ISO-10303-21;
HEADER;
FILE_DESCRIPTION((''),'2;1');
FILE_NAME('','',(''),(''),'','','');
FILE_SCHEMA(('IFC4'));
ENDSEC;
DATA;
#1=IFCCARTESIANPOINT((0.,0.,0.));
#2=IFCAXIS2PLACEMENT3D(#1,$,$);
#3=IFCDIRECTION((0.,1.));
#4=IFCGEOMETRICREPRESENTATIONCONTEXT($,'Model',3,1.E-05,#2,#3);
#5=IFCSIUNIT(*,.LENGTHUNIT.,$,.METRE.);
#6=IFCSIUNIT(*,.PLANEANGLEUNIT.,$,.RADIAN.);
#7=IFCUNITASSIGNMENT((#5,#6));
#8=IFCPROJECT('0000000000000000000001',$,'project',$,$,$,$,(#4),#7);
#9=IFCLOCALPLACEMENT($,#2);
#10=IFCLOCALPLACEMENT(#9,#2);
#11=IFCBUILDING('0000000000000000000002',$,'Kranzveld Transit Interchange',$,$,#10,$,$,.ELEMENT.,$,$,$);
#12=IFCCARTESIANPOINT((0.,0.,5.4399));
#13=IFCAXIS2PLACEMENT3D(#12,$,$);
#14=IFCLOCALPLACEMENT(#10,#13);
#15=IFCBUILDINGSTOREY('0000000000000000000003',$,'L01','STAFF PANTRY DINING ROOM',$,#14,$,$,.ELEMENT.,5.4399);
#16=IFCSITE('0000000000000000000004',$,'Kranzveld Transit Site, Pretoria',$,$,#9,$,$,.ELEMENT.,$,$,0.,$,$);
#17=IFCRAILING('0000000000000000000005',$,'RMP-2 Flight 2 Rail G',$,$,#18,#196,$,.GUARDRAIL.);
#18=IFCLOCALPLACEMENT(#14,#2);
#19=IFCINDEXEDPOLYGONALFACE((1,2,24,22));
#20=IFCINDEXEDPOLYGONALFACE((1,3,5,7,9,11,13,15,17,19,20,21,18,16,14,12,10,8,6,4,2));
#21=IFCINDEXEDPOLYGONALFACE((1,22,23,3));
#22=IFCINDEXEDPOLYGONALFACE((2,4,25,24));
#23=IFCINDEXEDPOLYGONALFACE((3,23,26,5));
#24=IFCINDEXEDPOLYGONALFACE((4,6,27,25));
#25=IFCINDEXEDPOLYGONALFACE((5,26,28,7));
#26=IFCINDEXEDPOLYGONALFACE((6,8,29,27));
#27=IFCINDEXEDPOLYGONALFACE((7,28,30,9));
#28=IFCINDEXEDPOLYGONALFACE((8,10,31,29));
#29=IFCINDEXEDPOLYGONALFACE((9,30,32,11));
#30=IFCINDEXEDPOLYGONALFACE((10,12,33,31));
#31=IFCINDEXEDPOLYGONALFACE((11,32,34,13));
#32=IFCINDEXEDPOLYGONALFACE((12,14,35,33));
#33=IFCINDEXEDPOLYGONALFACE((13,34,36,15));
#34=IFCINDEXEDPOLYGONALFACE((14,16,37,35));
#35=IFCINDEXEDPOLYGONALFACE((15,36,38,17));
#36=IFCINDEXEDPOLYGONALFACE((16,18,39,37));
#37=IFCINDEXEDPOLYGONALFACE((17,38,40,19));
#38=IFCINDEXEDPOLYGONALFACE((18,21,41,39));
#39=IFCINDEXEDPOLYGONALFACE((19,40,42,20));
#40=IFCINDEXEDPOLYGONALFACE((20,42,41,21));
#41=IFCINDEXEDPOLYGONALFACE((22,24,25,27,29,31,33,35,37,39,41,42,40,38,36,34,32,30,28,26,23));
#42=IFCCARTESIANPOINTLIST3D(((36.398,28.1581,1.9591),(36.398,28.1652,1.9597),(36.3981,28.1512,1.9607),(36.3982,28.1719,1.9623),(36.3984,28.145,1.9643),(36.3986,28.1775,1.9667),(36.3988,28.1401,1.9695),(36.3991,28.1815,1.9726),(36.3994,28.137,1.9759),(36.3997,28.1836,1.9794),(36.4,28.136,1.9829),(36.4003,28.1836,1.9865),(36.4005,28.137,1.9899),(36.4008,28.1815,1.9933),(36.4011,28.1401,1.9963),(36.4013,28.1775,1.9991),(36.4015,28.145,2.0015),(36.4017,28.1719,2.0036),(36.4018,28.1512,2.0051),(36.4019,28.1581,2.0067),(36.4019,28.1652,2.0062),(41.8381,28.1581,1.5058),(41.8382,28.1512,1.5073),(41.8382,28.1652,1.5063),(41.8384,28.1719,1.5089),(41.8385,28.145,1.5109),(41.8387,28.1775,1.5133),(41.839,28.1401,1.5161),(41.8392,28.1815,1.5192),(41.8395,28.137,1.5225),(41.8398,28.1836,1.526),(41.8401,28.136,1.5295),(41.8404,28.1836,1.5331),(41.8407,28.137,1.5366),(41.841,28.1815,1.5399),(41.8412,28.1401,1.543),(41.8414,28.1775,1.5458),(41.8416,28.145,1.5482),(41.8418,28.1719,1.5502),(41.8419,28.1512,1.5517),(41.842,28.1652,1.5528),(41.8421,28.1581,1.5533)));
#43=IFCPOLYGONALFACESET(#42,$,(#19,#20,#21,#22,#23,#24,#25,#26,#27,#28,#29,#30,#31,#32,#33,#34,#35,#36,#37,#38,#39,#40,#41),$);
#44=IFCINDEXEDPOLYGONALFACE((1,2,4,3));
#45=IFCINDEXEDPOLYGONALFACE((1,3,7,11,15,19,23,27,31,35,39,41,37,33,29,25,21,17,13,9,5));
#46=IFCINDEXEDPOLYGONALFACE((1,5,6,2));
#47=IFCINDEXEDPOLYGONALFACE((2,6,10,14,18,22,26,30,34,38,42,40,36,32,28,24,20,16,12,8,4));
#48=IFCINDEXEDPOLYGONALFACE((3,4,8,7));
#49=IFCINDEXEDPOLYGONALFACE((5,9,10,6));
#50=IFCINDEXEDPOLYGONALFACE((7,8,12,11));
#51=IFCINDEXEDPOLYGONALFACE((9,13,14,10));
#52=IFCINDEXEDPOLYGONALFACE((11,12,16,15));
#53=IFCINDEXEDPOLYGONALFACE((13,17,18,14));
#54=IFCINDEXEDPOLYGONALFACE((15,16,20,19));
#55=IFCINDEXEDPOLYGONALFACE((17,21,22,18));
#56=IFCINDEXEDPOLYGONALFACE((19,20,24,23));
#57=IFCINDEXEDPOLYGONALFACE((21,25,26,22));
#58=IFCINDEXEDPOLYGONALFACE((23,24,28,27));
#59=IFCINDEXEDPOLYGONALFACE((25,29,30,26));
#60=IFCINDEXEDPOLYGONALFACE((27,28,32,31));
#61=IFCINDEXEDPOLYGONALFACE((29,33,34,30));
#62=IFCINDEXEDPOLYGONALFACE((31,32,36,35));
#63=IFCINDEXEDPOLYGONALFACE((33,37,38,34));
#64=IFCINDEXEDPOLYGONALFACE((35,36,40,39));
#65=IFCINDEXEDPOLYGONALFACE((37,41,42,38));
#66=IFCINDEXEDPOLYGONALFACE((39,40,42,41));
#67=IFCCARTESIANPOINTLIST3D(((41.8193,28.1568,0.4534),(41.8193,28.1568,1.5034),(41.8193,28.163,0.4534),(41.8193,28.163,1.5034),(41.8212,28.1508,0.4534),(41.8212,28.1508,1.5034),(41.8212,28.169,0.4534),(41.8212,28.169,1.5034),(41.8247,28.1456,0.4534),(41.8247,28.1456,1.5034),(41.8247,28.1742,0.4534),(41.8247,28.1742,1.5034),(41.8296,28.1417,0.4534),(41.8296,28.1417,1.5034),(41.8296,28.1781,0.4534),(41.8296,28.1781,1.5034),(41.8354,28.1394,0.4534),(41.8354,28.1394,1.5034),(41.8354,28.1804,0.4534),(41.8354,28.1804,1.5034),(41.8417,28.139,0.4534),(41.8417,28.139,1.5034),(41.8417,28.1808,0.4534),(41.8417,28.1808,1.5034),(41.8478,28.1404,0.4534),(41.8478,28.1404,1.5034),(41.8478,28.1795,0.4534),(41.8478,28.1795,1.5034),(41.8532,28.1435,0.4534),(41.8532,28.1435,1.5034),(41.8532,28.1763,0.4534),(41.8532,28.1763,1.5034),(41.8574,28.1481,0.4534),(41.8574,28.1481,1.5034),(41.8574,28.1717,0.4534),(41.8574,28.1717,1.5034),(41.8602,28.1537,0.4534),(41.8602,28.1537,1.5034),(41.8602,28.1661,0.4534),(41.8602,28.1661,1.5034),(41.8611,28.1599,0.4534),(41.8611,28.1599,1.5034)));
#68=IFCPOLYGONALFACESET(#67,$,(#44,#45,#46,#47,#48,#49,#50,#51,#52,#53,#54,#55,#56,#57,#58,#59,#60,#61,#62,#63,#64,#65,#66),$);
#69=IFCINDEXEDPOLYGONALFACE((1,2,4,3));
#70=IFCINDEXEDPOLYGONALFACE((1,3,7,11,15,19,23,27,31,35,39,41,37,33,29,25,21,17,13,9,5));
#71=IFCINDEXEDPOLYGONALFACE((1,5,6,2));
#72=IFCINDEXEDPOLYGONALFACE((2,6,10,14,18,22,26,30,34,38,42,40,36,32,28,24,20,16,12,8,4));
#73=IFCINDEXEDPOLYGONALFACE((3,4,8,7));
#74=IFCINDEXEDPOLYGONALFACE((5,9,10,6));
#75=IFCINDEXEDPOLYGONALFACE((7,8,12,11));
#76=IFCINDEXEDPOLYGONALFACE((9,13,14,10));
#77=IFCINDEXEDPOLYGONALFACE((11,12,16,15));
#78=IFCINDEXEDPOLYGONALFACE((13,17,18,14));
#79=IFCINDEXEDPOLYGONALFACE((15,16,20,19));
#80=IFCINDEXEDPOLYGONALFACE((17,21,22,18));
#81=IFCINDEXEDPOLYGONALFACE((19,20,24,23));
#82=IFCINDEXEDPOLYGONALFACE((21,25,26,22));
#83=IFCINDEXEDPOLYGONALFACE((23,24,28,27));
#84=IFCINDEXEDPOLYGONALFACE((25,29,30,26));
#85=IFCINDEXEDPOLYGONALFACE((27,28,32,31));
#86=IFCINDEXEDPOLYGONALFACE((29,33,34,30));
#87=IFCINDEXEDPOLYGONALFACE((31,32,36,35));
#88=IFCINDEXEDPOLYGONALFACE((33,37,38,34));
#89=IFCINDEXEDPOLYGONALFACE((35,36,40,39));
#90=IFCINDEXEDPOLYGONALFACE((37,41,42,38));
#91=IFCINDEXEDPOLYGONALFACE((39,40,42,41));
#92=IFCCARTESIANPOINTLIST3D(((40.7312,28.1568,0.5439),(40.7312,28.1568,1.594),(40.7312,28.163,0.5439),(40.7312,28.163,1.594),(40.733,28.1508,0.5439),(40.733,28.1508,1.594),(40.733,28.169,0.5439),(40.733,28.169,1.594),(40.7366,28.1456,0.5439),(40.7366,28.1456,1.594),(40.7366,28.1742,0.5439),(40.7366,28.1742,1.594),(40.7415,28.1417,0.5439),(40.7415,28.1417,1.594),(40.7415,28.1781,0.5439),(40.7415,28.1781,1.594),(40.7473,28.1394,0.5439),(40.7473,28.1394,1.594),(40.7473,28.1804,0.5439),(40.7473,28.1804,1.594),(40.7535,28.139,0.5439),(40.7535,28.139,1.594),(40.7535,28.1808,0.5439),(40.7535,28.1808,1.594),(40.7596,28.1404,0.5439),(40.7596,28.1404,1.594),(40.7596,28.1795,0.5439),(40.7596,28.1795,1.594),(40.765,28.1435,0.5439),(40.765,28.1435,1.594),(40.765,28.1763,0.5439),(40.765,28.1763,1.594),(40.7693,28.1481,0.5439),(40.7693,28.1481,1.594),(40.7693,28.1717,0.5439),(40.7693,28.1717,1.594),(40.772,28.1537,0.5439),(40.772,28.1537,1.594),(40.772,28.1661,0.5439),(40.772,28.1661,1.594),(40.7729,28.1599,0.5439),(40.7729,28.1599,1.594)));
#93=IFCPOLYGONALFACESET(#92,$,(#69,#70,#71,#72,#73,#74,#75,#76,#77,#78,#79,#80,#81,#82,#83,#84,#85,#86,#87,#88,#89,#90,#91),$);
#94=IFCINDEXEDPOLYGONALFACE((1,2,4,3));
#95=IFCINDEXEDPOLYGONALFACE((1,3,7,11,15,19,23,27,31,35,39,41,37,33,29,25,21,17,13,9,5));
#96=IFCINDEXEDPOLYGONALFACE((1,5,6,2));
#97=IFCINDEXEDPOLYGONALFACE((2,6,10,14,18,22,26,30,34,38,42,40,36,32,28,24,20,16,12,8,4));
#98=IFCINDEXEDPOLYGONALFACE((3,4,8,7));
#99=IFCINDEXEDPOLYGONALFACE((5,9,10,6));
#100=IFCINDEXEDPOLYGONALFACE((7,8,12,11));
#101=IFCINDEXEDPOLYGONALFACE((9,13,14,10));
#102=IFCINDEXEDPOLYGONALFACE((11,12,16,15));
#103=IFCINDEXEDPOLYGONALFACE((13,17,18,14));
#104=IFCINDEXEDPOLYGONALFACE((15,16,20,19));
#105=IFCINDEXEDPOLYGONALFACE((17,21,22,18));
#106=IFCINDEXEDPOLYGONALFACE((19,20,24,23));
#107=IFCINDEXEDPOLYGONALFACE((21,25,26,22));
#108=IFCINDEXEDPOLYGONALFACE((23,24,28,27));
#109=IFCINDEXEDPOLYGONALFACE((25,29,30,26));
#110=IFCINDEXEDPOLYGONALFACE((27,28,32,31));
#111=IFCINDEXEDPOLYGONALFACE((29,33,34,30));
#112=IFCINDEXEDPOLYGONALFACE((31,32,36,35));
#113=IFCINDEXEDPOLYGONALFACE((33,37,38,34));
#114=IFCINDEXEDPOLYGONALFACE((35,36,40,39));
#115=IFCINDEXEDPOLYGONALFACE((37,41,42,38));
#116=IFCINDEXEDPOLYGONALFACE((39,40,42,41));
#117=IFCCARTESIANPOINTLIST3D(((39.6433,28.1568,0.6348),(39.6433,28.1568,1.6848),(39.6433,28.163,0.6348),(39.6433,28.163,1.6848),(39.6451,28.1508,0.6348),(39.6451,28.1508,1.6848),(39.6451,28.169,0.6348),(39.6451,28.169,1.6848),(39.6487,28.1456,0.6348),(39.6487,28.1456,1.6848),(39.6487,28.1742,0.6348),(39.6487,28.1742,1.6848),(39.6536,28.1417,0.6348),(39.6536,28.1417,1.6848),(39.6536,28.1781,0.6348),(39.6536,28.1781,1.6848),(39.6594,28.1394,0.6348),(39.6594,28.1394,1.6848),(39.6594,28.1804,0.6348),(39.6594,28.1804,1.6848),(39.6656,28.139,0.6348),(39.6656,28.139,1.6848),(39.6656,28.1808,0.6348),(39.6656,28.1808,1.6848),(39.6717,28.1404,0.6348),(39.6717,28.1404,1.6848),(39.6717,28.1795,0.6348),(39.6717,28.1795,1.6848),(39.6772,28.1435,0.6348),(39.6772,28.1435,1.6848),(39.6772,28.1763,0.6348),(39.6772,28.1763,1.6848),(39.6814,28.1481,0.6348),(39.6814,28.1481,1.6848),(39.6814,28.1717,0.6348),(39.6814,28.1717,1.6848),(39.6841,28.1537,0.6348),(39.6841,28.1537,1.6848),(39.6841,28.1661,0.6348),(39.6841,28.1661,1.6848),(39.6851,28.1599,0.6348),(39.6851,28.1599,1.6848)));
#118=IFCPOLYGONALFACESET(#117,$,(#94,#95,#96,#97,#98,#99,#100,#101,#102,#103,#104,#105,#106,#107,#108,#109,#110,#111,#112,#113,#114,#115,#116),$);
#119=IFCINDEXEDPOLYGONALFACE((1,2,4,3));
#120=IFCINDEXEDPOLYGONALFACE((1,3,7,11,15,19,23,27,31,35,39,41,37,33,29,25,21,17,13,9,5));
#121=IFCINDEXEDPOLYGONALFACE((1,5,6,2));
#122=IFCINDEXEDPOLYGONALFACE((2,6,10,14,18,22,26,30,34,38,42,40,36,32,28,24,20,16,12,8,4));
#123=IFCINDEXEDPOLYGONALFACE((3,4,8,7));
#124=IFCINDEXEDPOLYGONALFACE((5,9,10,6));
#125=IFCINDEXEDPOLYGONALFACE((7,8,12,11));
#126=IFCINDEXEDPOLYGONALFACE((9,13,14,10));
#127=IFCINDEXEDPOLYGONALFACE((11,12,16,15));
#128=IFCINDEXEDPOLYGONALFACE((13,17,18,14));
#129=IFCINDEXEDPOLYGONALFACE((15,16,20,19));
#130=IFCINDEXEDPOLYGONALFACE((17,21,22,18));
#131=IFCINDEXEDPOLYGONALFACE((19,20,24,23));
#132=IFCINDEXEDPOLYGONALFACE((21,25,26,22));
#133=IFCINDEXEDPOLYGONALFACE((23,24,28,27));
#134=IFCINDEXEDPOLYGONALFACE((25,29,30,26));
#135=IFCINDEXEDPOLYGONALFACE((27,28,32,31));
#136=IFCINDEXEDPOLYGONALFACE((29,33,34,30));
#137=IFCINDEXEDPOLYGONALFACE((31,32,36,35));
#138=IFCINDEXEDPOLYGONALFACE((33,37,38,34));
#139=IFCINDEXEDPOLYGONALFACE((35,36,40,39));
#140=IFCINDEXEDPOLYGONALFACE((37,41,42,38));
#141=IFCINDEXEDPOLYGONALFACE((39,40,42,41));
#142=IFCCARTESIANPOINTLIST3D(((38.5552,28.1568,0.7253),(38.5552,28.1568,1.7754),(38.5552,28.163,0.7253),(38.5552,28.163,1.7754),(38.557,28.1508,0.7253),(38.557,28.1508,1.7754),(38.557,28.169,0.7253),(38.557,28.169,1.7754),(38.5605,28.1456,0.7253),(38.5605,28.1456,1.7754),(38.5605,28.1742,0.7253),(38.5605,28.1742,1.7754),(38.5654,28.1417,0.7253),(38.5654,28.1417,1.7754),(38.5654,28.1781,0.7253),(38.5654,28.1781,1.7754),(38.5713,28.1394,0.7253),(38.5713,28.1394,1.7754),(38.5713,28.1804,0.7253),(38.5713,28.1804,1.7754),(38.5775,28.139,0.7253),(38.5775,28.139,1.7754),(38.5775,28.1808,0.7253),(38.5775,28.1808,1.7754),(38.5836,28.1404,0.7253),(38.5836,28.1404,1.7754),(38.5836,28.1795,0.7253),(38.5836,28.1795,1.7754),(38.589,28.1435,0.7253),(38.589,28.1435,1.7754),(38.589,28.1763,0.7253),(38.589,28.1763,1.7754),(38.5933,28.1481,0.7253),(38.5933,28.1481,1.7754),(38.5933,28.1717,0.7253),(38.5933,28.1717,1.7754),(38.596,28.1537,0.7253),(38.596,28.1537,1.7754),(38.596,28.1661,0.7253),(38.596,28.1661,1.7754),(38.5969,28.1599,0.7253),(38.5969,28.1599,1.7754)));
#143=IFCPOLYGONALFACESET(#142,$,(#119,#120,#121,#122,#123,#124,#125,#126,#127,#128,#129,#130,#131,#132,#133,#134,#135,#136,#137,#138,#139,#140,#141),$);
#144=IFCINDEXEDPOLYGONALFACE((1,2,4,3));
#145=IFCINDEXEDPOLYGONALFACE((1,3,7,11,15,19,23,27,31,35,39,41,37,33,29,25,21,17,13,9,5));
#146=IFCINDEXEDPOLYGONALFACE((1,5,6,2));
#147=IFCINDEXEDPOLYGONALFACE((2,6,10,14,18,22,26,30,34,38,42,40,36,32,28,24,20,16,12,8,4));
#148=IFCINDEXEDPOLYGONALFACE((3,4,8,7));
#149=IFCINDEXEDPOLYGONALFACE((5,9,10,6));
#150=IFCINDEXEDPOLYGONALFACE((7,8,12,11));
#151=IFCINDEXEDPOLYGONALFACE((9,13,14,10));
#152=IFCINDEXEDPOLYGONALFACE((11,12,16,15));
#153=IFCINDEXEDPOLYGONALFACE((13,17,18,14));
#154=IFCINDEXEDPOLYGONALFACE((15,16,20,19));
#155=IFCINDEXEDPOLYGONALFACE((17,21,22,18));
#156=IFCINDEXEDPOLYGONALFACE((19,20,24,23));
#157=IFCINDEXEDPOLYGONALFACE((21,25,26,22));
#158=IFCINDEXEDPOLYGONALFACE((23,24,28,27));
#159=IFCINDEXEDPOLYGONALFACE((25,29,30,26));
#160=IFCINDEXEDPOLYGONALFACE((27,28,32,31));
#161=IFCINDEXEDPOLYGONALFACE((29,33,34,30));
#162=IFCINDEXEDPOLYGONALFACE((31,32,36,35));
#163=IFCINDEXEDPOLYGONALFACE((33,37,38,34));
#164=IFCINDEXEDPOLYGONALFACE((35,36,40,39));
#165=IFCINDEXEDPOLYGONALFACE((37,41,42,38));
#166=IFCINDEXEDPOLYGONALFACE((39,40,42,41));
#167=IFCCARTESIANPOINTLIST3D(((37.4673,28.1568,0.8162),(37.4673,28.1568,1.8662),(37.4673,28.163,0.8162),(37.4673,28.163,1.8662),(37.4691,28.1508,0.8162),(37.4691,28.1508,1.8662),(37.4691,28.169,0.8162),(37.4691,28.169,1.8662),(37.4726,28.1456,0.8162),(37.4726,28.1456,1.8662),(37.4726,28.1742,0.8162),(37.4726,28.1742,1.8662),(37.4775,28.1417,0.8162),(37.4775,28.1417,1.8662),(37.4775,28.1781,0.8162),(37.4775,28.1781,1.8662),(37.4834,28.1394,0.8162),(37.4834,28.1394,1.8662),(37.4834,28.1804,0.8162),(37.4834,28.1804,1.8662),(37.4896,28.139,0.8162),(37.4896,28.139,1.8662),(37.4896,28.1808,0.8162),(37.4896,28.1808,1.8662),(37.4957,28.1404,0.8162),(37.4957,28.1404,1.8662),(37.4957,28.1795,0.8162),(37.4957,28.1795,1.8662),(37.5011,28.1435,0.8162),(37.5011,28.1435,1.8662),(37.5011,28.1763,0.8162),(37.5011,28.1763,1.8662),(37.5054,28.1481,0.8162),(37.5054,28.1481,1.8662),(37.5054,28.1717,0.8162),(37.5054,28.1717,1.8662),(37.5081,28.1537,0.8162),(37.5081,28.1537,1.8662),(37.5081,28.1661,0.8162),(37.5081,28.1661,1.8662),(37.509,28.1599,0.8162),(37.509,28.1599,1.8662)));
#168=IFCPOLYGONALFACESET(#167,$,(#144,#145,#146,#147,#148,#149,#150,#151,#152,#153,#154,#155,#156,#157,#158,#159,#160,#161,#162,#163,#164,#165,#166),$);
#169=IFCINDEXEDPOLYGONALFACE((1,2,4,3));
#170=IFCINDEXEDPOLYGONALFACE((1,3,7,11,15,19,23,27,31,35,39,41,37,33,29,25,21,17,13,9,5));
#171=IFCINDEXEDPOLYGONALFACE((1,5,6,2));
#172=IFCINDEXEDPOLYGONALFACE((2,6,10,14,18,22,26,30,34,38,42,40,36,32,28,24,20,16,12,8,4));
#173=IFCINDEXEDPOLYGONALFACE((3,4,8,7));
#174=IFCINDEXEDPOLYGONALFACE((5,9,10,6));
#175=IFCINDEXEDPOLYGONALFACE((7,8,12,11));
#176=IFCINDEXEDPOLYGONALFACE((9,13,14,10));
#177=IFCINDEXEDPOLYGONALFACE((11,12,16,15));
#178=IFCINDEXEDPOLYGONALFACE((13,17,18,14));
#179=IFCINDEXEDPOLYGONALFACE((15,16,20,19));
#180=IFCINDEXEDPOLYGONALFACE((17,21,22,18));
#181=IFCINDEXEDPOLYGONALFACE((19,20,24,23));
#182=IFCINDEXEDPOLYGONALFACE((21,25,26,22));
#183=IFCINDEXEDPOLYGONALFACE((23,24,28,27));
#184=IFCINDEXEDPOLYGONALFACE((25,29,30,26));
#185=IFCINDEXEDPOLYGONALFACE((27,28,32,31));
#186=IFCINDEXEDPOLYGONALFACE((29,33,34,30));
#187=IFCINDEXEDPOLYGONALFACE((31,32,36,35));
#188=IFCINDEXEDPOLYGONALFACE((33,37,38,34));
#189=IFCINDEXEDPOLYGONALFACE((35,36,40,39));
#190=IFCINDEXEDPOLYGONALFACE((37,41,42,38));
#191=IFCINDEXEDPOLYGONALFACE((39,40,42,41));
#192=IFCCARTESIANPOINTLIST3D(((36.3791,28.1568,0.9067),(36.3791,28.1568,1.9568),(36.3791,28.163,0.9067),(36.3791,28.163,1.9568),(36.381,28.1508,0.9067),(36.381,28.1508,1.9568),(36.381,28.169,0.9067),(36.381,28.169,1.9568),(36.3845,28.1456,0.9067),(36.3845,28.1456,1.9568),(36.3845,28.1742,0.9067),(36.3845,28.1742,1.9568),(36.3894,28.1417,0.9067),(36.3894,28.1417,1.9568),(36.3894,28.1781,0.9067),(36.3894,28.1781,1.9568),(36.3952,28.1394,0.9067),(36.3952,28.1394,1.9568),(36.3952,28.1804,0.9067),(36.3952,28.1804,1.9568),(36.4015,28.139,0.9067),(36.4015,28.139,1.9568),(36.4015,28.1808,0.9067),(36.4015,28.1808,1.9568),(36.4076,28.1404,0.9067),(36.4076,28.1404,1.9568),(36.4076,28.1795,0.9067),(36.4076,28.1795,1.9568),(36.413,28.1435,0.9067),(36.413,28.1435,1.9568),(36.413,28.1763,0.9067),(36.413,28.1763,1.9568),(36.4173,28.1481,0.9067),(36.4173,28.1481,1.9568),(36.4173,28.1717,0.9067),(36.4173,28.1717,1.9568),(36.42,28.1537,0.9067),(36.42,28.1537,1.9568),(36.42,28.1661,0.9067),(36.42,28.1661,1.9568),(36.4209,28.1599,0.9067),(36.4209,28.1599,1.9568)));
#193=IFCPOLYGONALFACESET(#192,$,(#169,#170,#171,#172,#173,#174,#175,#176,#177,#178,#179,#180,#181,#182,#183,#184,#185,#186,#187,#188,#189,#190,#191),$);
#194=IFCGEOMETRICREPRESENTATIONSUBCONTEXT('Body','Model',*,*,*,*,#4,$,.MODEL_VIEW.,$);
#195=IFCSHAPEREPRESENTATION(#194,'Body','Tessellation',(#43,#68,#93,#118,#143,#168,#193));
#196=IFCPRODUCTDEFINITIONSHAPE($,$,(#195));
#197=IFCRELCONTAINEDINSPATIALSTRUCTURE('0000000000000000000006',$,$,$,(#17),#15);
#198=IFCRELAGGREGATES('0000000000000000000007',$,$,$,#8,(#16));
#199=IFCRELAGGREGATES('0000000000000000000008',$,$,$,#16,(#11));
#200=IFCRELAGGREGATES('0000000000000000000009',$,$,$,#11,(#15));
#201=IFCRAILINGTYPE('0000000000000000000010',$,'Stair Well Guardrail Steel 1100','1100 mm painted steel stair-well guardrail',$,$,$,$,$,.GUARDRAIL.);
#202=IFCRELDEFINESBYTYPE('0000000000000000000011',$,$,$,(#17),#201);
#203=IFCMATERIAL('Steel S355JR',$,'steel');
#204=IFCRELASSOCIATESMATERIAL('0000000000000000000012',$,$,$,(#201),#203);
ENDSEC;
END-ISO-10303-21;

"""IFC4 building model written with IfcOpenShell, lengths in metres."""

from ifc_helpers import new_model, si_unit, direction, frame, origin, origin_2d, place, context, subcontext, project, spatial, circle, extrude, material, type_object, element, save


model = new_model("IFC4")

# Units and contexts
model_context = context("Model", 3, precision=1e-05, world=origin(), true_north=direction((0.0, 1.0)))
body_context = subcontext(model_context, "Body", "Model", "MODEL_VIEW")
ifc_project = project(units=[si_unit("LENGTHUNIT", "METRE"), si_unit("PLANEANGLEUNIT", "RADIAN")], contexts=[model_context])

# Site, building, storey
site_placement = place(None, origin())
site = spatial("IfcSite", under=ifc_project, at=site_placement, Name="Kranzveld Transit Site, Pretoria", CompositionType="ELEMENT", RefElevation=0.0)
building_placement = place(site_placement, origin())
building = spatial("IfcBuilding", under=site, at=building_placement, Name="Kranzveld Transit Interchange", CompositionType="ELEMENT")
storey_placement = place(building_placement, frame((0.0, 0.0, 5.4399)))
storey = spatial("IfcBuildingStorey", under=building, at=storey_placement, Name="L01", Description="STAFF PANTRY DINING ROOM", CompositionType="ELEMENT", Elevation=5.4399)

# Railing
ifc_material_1 = material(Name="Steel S355JR", Category="steel")
railing_type_1 = type_object("IfcRailingType", Name="Stair Well Guardrail Steel 1100", Description="1100 mm painted steel stair-well guardrail", PredefinedType="GUARDRAIL", material=ifc_material_1)
railing_1_placement = place(storey_placement, frame((41.8401, 28.1599, 0.4534)))
element("IfcRailing", 1, at=railing_1_placement, inside=storey, type_object=railing_type_1, Name="RMP-2 Flight 2 Rail G", PredefinedType="GUARDRAIL", context=body_context, shape_type="SweptSolid", body=[
    extrude(circle(Radius=0.0239, at=origin_2d()), frame((0.0, 0.0, 1.0762), z_axis=(-0.996545, 0.0, 0.083049), x_axis=(0.0, -1.0, 0.0)), (0.0, 0.0, 1.0), 5.459),
    extrude(circle(Radius=0.021, at=origin_2d()), origin(), (0.0, 0.0, 1.0), 1.05),
    extrude(circle(Radius=0.021, at=origin_2d()), frame((-1.0881, 0.0, 0.0906)), (0.0, 0.0, 1.0), 1.05),
    extrude(circle(Radius=0.021, at=origin_2d()), frame((-2.176, 0.0, 0.1814)), (0.0, 0.0, 1.0), 1.05),
    extrude(circle(Radius=0.021, at=origin_2d()), frame((-3.2642, 0.0, 0.272)), (0.0, 0.0, 1.0), 1.05),
    extrude(circle(Radius=0.021, at=origin_2d()), frame((-4.3521, 0.0, 0.3628)), (0.0, 0.0, 1.0), 1.05),
    extrude(circle(Radius=0.021, at=origin_2d()), frame((-5.4402, 0.0, 0.4534)), (0.0, 0.0, 1.0), 1.05),
])

save(model, "model.ifc")
